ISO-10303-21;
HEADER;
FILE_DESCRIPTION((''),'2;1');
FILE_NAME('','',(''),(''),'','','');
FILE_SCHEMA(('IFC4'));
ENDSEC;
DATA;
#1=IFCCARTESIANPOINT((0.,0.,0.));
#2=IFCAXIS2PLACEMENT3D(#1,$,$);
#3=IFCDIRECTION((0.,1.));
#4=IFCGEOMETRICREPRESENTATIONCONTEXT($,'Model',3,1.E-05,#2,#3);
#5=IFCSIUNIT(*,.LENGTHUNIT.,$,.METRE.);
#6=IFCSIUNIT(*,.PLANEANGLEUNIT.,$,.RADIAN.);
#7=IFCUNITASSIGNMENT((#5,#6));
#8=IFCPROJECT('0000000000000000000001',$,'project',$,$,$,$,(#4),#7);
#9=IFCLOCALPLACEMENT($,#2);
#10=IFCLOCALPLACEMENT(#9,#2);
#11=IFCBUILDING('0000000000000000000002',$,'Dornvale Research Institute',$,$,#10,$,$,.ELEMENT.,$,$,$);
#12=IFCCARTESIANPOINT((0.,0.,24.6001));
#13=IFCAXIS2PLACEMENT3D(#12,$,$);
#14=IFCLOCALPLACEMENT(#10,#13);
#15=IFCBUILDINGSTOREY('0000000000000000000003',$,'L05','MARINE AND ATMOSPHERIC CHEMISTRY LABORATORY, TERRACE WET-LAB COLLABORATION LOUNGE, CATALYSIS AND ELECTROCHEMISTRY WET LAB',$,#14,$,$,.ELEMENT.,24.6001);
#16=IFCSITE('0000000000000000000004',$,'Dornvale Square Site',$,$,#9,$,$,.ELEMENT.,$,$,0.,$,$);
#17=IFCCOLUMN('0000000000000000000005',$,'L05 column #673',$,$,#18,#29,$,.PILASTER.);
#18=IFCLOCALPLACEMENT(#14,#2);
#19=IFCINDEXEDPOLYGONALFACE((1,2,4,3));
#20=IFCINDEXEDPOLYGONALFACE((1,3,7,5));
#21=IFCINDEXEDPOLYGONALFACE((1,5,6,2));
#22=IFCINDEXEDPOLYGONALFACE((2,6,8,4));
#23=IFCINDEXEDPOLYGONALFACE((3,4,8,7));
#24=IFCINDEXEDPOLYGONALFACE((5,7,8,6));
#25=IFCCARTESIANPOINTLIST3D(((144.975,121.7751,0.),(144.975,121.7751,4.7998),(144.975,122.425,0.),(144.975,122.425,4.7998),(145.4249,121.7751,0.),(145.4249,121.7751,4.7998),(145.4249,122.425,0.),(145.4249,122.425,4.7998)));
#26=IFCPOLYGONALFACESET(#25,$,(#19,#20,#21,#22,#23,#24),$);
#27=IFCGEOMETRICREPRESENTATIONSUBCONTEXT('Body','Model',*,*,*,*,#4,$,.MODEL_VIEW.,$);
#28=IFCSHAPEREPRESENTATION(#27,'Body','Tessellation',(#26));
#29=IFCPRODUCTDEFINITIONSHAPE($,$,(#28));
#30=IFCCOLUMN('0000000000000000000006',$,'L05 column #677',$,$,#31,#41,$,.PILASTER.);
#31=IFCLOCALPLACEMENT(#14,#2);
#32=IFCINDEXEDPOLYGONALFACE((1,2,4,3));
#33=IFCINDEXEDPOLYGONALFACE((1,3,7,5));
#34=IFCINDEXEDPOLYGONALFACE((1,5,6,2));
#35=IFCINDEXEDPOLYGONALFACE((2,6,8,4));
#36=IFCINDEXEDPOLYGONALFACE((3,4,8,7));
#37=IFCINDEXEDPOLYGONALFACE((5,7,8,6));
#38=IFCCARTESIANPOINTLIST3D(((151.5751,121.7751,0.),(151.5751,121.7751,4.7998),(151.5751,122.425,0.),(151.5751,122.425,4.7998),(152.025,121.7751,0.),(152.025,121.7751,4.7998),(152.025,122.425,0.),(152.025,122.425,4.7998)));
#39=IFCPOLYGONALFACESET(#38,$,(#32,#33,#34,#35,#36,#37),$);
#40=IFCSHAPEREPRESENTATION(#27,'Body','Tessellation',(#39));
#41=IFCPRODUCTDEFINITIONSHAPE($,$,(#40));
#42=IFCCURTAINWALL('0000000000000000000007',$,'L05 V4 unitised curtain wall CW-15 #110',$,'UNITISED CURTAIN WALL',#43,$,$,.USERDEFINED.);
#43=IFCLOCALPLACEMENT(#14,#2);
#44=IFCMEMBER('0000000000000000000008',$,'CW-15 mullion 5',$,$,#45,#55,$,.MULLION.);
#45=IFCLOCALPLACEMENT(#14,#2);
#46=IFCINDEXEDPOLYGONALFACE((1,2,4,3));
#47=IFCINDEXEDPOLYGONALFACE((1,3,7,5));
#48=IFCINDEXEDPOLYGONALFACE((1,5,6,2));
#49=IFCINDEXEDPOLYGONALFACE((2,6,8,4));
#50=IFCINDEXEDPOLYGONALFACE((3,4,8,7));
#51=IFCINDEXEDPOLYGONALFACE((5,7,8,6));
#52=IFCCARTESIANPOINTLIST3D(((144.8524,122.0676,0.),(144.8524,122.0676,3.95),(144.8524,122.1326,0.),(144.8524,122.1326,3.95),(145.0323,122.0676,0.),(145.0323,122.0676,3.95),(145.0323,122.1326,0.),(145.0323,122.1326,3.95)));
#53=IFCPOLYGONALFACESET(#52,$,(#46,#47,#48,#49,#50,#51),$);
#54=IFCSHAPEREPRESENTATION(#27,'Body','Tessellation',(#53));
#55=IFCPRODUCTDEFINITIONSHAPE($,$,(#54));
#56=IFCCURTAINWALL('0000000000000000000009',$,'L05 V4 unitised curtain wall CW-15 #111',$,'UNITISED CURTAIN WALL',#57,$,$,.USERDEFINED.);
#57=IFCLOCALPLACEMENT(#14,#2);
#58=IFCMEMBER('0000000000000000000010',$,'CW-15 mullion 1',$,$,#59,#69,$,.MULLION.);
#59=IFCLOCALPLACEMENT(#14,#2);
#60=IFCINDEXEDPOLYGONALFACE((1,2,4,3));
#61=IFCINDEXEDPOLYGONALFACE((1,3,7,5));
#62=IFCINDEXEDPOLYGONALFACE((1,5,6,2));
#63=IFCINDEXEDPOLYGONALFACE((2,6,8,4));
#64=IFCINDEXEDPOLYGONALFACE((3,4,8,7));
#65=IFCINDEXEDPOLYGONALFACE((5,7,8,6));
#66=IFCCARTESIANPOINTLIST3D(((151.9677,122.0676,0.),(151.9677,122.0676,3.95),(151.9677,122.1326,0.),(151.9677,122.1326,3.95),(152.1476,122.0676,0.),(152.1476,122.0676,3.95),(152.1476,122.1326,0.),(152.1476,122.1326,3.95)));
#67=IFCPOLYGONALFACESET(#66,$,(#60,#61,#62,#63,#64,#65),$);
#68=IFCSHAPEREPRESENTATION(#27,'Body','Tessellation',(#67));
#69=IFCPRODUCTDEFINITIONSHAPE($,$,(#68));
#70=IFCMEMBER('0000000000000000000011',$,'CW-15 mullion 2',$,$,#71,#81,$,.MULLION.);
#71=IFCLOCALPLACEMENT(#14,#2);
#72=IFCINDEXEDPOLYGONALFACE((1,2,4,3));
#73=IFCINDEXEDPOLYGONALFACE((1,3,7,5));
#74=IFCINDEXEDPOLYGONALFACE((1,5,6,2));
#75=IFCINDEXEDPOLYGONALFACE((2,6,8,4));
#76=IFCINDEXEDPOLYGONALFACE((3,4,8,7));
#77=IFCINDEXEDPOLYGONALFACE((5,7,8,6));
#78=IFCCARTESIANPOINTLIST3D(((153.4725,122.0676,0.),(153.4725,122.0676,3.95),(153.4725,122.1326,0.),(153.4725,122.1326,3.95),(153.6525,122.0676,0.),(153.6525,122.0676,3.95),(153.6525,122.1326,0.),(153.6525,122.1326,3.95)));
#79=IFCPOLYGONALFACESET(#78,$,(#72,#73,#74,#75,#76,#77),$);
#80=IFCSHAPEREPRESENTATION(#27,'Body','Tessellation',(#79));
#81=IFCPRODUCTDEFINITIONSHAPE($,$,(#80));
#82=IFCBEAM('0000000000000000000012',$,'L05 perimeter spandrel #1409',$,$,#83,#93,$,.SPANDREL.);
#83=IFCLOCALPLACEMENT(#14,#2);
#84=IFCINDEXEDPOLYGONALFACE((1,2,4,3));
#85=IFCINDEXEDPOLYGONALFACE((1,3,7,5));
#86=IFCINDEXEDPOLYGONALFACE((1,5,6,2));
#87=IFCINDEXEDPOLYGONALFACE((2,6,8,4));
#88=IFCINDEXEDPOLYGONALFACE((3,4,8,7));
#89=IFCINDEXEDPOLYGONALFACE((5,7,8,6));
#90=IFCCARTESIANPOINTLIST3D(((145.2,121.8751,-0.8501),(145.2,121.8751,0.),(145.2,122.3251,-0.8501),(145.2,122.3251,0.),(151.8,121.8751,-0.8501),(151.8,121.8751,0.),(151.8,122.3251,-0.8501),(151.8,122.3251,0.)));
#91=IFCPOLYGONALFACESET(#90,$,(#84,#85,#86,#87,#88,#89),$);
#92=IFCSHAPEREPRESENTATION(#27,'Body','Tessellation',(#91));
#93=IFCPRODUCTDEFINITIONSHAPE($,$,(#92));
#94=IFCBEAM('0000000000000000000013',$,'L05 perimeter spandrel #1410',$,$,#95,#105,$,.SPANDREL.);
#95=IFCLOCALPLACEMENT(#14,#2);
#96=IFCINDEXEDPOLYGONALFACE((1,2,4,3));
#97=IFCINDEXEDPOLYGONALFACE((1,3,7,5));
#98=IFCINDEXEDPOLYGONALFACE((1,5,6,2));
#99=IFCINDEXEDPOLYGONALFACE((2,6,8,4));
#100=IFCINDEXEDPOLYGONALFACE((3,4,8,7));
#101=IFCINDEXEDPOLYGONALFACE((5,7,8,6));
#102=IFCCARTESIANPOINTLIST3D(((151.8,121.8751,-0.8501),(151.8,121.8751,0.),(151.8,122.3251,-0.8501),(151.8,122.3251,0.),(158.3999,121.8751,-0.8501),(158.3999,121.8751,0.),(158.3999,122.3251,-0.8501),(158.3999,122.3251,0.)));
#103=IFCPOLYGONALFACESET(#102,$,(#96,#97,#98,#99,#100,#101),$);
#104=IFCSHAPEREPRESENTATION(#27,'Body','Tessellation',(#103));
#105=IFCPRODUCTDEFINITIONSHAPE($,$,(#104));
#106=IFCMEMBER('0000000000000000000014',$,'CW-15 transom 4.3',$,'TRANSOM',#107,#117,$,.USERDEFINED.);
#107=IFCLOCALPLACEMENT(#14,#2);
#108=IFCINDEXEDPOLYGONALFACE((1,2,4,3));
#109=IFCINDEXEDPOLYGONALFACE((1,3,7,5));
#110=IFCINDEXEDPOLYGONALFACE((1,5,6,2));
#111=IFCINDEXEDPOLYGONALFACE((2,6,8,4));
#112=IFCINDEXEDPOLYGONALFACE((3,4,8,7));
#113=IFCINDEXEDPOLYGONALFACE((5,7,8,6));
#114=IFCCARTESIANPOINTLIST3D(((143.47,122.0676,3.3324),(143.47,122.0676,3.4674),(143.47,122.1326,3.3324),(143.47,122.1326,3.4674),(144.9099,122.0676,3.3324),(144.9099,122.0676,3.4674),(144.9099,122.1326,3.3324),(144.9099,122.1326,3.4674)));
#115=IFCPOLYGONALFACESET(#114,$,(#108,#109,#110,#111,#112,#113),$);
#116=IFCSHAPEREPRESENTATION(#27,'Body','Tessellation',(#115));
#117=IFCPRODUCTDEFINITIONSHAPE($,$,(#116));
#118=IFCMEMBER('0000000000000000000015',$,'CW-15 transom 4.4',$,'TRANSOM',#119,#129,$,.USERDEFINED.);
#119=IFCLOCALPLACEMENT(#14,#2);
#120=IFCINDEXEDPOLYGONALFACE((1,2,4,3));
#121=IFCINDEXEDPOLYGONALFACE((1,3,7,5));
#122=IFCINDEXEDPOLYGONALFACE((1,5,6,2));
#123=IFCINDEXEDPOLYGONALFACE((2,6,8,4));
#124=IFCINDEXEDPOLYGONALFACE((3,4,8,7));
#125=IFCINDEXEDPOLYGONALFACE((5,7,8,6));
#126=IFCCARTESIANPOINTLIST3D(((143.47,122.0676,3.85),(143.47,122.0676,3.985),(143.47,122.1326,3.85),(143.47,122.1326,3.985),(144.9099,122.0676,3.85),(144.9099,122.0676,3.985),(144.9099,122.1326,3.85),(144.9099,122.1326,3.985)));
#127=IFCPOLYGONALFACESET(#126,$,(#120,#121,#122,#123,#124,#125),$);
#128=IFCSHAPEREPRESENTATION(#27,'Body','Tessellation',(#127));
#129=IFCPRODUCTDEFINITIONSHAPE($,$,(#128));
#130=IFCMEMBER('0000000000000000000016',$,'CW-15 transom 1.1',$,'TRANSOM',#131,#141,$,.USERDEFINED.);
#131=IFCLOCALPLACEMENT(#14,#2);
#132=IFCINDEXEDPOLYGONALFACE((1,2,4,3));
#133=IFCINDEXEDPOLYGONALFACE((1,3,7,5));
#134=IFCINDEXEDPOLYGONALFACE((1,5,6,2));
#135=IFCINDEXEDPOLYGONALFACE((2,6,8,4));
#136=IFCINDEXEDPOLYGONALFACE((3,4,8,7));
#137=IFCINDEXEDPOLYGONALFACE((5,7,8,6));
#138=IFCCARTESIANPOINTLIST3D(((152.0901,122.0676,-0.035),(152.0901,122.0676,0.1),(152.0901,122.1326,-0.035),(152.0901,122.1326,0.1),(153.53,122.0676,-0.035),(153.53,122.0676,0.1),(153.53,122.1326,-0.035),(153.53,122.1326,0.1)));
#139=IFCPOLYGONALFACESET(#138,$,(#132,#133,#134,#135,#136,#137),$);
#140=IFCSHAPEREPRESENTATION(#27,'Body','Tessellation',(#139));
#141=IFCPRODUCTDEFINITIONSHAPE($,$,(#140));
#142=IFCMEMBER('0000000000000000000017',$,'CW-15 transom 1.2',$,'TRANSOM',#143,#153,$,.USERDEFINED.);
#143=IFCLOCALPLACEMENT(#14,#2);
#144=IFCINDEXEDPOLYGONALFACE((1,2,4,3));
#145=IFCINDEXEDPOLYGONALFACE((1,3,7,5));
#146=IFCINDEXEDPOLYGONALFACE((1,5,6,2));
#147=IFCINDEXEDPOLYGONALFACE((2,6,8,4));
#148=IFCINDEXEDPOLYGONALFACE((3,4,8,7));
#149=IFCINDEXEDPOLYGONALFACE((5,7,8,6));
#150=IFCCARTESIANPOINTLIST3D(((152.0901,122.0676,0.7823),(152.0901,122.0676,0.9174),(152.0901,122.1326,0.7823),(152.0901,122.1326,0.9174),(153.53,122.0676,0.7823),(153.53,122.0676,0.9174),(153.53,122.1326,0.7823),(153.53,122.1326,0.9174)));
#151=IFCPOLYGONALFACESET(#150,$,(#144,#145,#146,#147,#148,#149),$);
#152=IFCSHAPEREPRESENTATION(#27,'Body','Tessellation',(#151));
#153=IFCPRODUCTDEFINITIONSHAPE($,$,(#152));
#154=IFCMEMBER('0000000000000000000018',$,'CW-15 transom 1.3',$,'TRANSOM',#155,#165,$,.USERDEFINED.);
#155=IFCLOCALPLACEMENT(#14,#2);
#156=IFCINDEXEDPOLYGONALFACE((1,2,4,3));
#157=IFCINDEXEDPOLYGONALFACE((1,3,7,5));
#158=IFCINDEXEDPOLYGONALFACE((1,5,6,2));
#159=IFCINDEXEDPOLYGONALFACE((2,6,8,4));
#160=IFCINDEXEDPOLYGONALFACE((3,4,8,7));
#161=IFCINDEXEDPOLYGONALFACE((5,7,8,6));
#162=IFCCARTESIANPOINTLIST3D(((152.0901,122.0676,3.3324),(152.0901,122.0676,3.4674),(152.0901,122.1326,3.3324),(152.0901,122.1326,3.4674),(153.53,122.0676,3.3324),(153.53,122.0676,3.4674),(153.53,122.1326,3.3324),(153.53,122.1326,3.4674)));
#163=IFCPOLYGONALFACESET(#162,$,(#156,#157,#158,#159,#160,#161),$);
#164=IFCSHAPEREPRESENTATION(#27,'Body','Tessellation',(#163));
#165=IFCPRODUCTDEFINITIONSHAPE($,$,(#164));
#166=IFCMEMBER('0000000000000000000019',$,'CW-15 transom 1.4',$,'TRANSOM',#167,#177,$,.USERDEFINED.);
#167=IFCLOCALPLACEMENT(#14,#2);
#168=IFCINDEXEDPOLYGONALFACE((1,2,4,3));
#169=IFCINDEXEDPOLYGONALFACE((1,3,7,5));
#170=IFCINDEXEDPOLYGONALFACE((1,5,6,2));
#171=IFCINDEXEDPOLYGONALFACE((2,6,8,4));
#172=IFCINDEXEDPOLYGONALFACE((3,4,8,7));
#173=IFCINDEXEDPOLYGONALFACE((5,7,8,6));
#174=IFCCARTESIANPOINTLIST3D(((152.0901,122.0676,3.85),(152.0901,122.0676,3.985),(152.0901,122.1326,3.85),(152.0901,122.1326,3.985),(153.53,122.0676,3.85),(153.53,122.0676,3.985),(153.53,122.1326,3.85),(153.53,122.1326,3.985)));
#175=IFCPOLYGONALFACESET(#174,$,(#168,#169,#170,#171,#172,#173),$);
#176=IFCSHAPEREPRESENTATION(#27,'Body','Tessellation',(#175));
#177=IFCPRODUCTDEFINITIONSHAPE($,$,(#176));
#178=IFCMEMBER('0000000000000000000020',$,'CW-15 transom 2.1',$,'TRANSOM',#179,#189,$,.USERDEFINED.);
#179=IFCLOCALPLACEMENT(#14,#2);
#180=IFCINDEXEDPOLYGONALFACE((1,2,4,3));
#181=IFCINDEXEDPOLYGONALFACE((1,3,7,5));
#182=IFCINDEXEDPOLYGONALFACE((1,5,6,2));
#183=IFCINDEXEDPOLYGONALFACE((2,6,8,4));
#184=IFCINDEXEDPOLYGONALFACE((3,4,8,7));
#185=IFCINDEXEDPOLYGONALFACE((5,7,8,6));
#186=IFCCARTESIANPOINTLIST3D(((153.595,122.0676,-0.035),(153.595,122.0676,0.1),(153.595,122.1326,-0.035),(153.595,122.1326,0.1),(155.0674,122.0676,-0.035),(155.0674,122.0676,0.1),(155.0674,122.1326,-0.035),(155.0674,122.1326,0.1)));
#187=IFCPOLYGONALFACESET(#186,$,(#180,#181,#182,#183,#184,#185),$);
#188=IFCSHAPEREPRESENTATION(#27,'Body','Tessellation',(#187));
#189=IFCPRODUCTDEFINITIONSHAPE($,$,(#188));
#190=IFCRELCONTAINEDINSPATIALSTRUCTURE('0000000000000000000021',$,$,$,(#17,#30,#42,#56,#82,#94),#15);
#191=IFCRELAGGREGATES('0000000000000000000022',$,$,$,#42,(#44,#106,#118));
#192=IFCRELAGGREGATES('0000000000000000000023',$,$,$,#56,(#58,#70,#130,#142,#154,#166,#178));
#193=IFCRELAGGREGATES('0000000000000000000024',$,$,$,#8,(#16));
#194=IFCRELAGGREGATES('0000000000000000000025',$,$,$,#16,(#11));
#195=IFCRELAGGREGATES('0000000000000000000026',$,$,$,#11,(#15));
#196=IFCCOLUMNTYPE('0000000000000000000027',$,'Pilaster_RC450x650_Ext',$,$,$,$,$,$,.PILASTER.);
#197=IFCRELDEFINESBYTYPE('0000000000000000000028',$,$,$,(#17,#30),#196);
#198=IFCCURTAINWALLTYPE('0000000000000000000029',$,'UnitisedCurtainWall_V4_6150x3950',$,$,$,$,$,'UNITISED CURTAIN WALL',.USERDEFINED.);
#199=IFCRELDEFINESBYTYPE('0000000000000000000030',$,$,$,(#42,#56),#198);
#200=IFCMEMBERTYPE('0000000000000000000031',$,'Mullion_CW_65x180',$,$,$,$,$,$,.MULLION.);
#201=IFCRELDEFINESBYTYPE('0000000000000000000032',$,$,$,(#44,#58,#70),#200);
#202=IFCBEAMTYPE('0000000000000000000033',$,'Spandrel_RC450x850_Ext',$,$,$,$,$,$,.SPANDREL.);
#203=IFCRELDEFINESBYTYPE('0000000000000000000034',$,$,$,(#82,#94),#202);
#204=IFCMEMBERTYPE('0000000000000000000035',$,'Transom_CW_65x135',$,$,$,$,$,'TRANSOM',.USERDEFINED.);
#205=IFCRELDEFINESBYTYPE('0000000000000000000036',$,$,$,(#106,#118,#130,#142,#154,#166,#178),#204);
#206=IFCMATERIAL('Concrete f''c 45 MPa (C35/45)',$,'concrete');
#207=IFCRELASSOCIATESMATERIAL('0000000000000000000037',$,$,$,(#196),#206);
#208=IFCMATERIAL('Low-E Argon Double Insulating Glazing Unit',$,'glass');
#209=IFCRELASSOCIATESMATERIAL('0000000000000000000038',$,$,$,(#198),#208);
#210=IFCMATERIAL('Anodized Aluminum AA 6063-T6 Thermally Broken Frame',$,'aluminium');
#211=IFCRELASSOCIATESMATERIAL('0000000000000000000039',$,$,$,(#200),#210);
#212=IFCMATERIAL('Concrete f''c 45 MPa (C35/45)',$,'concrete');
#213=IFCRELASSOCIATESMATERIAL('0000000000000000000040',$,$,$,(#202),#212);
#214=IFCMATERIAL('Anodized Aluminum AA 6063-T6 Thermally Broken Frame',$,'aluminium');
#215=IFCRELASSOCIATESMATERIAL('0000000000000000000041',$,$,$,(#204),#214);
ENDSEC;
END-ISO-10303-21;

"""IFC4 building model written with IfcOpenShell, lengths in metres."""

from ifc_helpers import new_model, si_unit, direction, frame, origin, origin_2d, place, context, subcontext, project, spatial, rectangle, extrude, material, material_profile, profile_set, type_object, element, aggregate, save


model = new_model("IFC4")

# Units and contexts
model_context = context("Model", 3, precision=1e-05, world=origin(), true_north=direction((0.0, 1.0)))
body_context = subcontext(model_context, "Body", "Model", "MODEL_VIEW")
ifc_project = project(units=[si_unit("LENGTHUNIT", "METRE"), si_unit("PLANEANGLEUNIT", "RADIAN")], contexts=[model_context])

# Site, building, storey
site_placement = place(None, origin())
site = spatial("IfcSite", under=ifc_project, at=site_placement, Name="Dornvale Square Site", CompositionType="ELEMENT", RefElevation=0.0)
building_placement = place(site_placement, origin())
building = spatial("IfcBuilding", under=site, at=building_placement, Name="Dornvale Research Institute", CompositionType="ELEMENT")
storey_placement = place(building_placement, frame((0.0, 0.0, 24.6001)))
storey = spatial("IfcBuildingStorey", under=building, at=storey_placement, Name="L05", Description="MARINE AND ATMOSPHERIC CHEMISTRY LABORATORY, TERRACE WET-LAB COLLABORATION LOUNGE, CATALYSIS AND ELECTROCHEMISTRY WET LAB", CompositionType="ELEMENT", Elevation=24.6001)

# Columns
ifc_material_1 = material(Name="Concrete f'c 45 MPa (C35/45)", Category="concrete")
ifc_material_profile_1 = material_profile(ifc_material_1, rectangle(XDim=0.45, YDim=0.6499, at=origin_2d()), Name="RC 450x650")
ifc_profile_set_1 = profile_set([ifc_material_profile_1], Name="Concrete f'c 45 MPa (C35/45)")
column_type = type_object("IfcColumnType", Name="Pilaster_RC450x650_Ext", PredefinedType="PILASTER", material=ifc_profile_set_1)
for number, where, z_axis, x_axis, name in (
    (1, (145.2, 122.1001, 0.0), (0.0, 0.0, 1.0), (1.0, 0.0, 0.0), "L05 column #673"),
    (2, (151.8, 122.1001, 0.0), (0.0, 0.0, 1.0), (1.0, 0.0, 0.0), "L05 column #677"),
):
    element("IfcColumn", number, at=place(storey_placement, frame(where, z_axis=z_axis, x_axis=x_axis)), inside=storey, type_object=column_type, Name=name, PredefinedType="PILASTER", context=body_context, shape_type="SweptSolid", body=[
        extrude(rectangle(XDim=0.45, YDim=0.6499, at=origin_2d()), origin(), (0.0, 0.0, 1.0), 4.7998),
    ])

# Curtain wall, member
ifc_material_2 = material(Name="Low-E Argon Double Insulating Glazing Unit", Category="glass")
curtain_wall_type = type_object("IfcCurtainWallType", Name="UnitisedCurtainWall_V4_6150x3950", ElementType="UNITISED CURTAIN WALL", PredefinedType="USERDEFINED", material=ifc_material_2)
curtain_wall_1_placement = place(storey_placement, origin())
curtain_wall_1 = element("IfcCurtainWall", 3, at=curtain_wall_1_placement, inside=storey, type_object=curtain_wall_type, Name="L05 V4 unitised curtain wall CW-15 #110", ObjectType="UNITISED CURTAIN WALL", PredefinedType="USERDEFINED")
ifc_material_3 = material(Name="Anodized Aluminum AA 6063-T6 Thermally Broken Frame", Category="aluminium")
ifc_material_profile_2 = material_profile(ifc_material_3, rectangle(XDim=0.0649, YDim=0.1799, at=origin_2d()), Name="ALU MULLION 65x180")
ifc_profile_set_2 = profile_set([ifc_material_profile_2], Name="Anodized Aluminum AA 6063-T6 Thermally Broken Frame")
member_type_1 = type_object("IfcMemberType", Name="Mullion_CW_65x180", PredefinedType="MULLION", material=ifc_profile_set_2)
member_1_placement = place(storey_placement, frame((144.9424, 122.1001, 0.0), z_axis=(0.0, 0.0, 1.0), x_axis=(0.0, 1.0, 0.0)))
member_1 = element("IfcMember", 4, at=member_1_placement, type_object=member_type_1, Name="CW-15 mullion 5", PredefinedType="MULLION", context=body_context, shape_type="SweptSolid", body=[
    extrude(rectangle(XDim=0.0649, YDim=0.1799, at=origin_2d()), origin(), (0.0, 0.0, 1.0), 3.95),
])

# Curtain wall, members
curtain_wall_2_placement = place(storey_placement, origin())
curtain_wall_2 = element("IfcCurtainWall", 5, at=curtain_wall_2_placement, inside=storey, type_object=curtain_wall_type, Name="L05 V4 unitised curtain wall CW-15 #111", ObjectType="UNITISED CURTAIN WALL", PredefinedType="USERDEFINED")
member_2_placement = place(storey_placement, frame((152.0576, 122.1001, 0.0), z_axis=(0.0, 0.0, 1.0), x_axis=(0.0, 1.0, 0.0)))
member_2 = element("IfcMember", 6, at=member_2_placement, type_object=member_type_1, Name="CW-15 mullion 1", PredefinedType="MULLION", context=body_context, shape_type="SweptSolid", body=[
    extrude(rectangle(XDim=0.0649, YDim=0.1799, at=origin_2d()), origin(), (0.0, 0.0, 1.0), 3.95),
])
member_3_placement = place(storey_placement, frame((153.5625, 122.1001, 0.0), z_axis=(0.0, 0.0, 1.0), x_axis=(0.0, 1.0, 0.0)))
member_3 = element("IfcMember", 7, at=member_3_placement, type_object=member_type_1, Name="CW-15 mullion 2", PredefinedType="MULLION", context=body_context, shape_type="SweptSolid", body=[
    extrude(rectangle(XDim=0.0649, YDim=0.1799, at=origin_2d()), origin(), (0.0, 0.0, 1.0), 3.95),
])

# Beams
ifc_material_4 = material(Name="Concrete f'c 45 MPa (C35/45)", Category="concrete")
ifc_material_profile_3 = material_profile(ifc_material_4, rectangle(XDim=0.45, YDim=0.8501, at=origin_2d()), Name="RC 450x850")
ifc_profile_set_3 = profile_set([ifc_material_profile_3], Name="Concrete f'c 45 MPa (C35/45)")
beam_type = type_object("IfcBeamType", Name="Spandrel_RC450x850_Ext", PredefinedType="SPANDREL", material=ifc_profile_set_3)
beam_1_placement = place(storey_placement, frame((145.2, 122.1001, -0.425), z_axis=(1.0, 0.0, 0.0), x_axis=(0.0, 1.0, 0.0)))
element("IfcBeam", 8, at=beam_1_placement, inside=storey, type_object=beam_type, Name="L05 perimeter spandrel #1409", PredefinedType="SPANDREL", context=body_context, shape_type="SweptSolid", body=[
    extrude(rectangle(XDim=0.45, YDim=0.8501, at=origin_2d()), origin(), (0.0, 0.0, 1.0), 6.6001),
])
beam_2_placement = place(storey_placement, frame((151.8, 122.1001, -0.425), z_axis=(1.0, 0.0, 0.0), x_axis=(0.0, 1.0, 0.0)))
element("IfcBeam", 9, at=beam_2_placement, inside=storey, type_object=beam_type, Name="L05 perimeter spandrel #1410", PredefinedType="SPANDREL", context=body_context, shape_type="SweptSolid", body=[
    extrude(rectangle(XDim=0.45, YDim=0.8501, at=origin_2d()), origin(), (0.0, 0.0, 1.0), 6.5999),
])

# Members
ifc_material_5 = material(Name="Anodized Aluminum AA 6063-T6 Thermally Broken Frame", Category="aluminium")
ifc_material_profile_4 = material_profile(ifc_material_5, rectangle(XDim=0.0649, YDim=0.135, at=origin_2d()), Name="ALU TRANSOM 65x135")
ifc_profile_set_4 = profile_set([ifc_material_profile_4], Name="Anodized Aluminum AA 6063-T6 Thermally Broken Frame")
member_type_2 = type_object("IfcMemberType", Name="Transom_CW_65x135", ElementType="TRANSOM", PredefinedType="USERDEFINED", material=ifc_profile_set_4)
member_4_placement = place(storey_placement, frame((143.47, 122.1001, 3.3999), z_axis=(1.0, 0.0, 0.0), x_axis=(0.0, 1.0, 0.0)))
member_4 = element("IfcMember", 10, at=member_4_placement, type_object=member_type_2, Name="CW-15 transom 4.3", ObjectType="TRANSOM", PredefinedType="USERDEFINED", context=body_context, shape_type="SweptSolid", body=[
    extrude(rectangle(XDim=0.0649, YDim=0.135, at=origin_2d()), origin(), (0.0, 0.0, 1.0), 1.4399),
])
member_5_placement = place(storey_placement, frame((143.47, 122.1001, 3.9175), z_axis=(1.0, 0.0, 0.0), x_axis=(0.0, 1.0, 0.0)))
member_5 = element("IfcMember", 11, at=member_5_placement, type_object=member_type_2, Name="CW-15 transom 4.4", ObjectType="TRANSOM", PredefinedType="USERDEFINED", context=body_context, shape_type="SweptSolid", body=[
    extrude(rectangle(XDim=0.0649, YDim=0.135, at=origin_2d()), origin(), (0.0, 0.0, 1.0), 1.4399),
])
member_6_placement = place(storey_placement, frame((152.0901, 122.1001, 0.0325), z_axis=(1.0, 0.0, 0.0), x_axis=(0.0, 1.0, 0.0)))
member_6 = element("IfcMember", 12, at=member_6_placement, type_object=member_type_2, Name="CW-15 transom 1.1", ObjectType="TRANSOM", PredefinedType="USERDEFINED", context=body_context, shape_type="SweptSolid", body=[
    extrude(rectangle(XDim=0.0649, YDim=0.135, at=origin_2d()), origin(), (0.0, 0.0, 1.0), 1.4399),
])
member_7_placement = place(storey_placement, frame((152.0901, 122.1001, 0.8499), z_axis=(1.0, 0.0, 0.0), x_axis=(0.0, 1.0, 0.0)))
member_7 = element("IfcMember", 13, at=member_7_placement, type_object=member_type_2, Name="CW-15 transom 1.2", ObjectType="TRANSOM", PredefinedType="USERDEFINED", context=body_context, shape_type="SweptSolid", body=[
    extrude(rectangle(XDim=0.0649, YDim=0.135, at=origin_2d()), origin(), (0.0, 0.0, 1.0), 1.4399),
])
member_8_placement = place(storey_placement, frame((152.0901, 122.1001, 3.3999), z_axis=(1.0, 0.0, 0.0), x_axis=(0.0, 1.0, 0.0)))
member_8 = element("IfcMember", 14, at=member_8_placement, type_object=member_type_2, Name="CW-15 transom 1.3", ObjectType="TRANSOM", PredefinedType="USERDEFINED", context=body_context, shape_type="SweptSolid", body=[
    extrude(rectangle(XDim=0.0649, YDim=0.135, at=origin_2d()), origin(), (0.0, 0.0, 1.0), 1.4399),
])
member_9_placement = place(storey_placement, frame((152.0901, 122.1001, 3.9175), z_axis=(1.0, 0.0, 0.0), x_axis=(0.0, 1.0, 0.0)))
member_9 = element("IfcMember", 15, at=member_9_placement, type_object=member_type_2, Name="CW-15 transom 1.4", ObjectType="TRANSOM", PredefinedType="USERDEFINED", context=body_context, shape_type="SweptSolid", body=[
    extrude(rectangle(XDim=0.0649, YDim=0.135, at=origin_2d()), origin(), (0.0, 0.0, 1.0), 1.4399),
])
member_10_placement = place(storey_placement, frame((153.595, 122.1001, 0.0325), z_axis=(1.0, 0.0, 0.0), x_axis=(0.0, 1.0, 0.0)))
member_10 = element("IfcMember", 16, at=member_10_placement, type_object=member_type_2, Name="CW-15 transom 2.1", ObjectType="TRANSOM", PredefinedType="USERDEFINED", context=body_context, shape_type="SweptSolid", body=[
    extrude(rectangle(XDim=0.0649, YDim=0.135, at=origin_2d()), origin(), (0.0, 0.0, 1.0), 1.4724),
])

aggregate(curtain_wall_1, [member_1, member_4, member_5])
aggregate(curtain_wall_2, [member_2, member_3, member_6, member_7, member_8, member_9, member_10])

save(model, "model.ifc")
